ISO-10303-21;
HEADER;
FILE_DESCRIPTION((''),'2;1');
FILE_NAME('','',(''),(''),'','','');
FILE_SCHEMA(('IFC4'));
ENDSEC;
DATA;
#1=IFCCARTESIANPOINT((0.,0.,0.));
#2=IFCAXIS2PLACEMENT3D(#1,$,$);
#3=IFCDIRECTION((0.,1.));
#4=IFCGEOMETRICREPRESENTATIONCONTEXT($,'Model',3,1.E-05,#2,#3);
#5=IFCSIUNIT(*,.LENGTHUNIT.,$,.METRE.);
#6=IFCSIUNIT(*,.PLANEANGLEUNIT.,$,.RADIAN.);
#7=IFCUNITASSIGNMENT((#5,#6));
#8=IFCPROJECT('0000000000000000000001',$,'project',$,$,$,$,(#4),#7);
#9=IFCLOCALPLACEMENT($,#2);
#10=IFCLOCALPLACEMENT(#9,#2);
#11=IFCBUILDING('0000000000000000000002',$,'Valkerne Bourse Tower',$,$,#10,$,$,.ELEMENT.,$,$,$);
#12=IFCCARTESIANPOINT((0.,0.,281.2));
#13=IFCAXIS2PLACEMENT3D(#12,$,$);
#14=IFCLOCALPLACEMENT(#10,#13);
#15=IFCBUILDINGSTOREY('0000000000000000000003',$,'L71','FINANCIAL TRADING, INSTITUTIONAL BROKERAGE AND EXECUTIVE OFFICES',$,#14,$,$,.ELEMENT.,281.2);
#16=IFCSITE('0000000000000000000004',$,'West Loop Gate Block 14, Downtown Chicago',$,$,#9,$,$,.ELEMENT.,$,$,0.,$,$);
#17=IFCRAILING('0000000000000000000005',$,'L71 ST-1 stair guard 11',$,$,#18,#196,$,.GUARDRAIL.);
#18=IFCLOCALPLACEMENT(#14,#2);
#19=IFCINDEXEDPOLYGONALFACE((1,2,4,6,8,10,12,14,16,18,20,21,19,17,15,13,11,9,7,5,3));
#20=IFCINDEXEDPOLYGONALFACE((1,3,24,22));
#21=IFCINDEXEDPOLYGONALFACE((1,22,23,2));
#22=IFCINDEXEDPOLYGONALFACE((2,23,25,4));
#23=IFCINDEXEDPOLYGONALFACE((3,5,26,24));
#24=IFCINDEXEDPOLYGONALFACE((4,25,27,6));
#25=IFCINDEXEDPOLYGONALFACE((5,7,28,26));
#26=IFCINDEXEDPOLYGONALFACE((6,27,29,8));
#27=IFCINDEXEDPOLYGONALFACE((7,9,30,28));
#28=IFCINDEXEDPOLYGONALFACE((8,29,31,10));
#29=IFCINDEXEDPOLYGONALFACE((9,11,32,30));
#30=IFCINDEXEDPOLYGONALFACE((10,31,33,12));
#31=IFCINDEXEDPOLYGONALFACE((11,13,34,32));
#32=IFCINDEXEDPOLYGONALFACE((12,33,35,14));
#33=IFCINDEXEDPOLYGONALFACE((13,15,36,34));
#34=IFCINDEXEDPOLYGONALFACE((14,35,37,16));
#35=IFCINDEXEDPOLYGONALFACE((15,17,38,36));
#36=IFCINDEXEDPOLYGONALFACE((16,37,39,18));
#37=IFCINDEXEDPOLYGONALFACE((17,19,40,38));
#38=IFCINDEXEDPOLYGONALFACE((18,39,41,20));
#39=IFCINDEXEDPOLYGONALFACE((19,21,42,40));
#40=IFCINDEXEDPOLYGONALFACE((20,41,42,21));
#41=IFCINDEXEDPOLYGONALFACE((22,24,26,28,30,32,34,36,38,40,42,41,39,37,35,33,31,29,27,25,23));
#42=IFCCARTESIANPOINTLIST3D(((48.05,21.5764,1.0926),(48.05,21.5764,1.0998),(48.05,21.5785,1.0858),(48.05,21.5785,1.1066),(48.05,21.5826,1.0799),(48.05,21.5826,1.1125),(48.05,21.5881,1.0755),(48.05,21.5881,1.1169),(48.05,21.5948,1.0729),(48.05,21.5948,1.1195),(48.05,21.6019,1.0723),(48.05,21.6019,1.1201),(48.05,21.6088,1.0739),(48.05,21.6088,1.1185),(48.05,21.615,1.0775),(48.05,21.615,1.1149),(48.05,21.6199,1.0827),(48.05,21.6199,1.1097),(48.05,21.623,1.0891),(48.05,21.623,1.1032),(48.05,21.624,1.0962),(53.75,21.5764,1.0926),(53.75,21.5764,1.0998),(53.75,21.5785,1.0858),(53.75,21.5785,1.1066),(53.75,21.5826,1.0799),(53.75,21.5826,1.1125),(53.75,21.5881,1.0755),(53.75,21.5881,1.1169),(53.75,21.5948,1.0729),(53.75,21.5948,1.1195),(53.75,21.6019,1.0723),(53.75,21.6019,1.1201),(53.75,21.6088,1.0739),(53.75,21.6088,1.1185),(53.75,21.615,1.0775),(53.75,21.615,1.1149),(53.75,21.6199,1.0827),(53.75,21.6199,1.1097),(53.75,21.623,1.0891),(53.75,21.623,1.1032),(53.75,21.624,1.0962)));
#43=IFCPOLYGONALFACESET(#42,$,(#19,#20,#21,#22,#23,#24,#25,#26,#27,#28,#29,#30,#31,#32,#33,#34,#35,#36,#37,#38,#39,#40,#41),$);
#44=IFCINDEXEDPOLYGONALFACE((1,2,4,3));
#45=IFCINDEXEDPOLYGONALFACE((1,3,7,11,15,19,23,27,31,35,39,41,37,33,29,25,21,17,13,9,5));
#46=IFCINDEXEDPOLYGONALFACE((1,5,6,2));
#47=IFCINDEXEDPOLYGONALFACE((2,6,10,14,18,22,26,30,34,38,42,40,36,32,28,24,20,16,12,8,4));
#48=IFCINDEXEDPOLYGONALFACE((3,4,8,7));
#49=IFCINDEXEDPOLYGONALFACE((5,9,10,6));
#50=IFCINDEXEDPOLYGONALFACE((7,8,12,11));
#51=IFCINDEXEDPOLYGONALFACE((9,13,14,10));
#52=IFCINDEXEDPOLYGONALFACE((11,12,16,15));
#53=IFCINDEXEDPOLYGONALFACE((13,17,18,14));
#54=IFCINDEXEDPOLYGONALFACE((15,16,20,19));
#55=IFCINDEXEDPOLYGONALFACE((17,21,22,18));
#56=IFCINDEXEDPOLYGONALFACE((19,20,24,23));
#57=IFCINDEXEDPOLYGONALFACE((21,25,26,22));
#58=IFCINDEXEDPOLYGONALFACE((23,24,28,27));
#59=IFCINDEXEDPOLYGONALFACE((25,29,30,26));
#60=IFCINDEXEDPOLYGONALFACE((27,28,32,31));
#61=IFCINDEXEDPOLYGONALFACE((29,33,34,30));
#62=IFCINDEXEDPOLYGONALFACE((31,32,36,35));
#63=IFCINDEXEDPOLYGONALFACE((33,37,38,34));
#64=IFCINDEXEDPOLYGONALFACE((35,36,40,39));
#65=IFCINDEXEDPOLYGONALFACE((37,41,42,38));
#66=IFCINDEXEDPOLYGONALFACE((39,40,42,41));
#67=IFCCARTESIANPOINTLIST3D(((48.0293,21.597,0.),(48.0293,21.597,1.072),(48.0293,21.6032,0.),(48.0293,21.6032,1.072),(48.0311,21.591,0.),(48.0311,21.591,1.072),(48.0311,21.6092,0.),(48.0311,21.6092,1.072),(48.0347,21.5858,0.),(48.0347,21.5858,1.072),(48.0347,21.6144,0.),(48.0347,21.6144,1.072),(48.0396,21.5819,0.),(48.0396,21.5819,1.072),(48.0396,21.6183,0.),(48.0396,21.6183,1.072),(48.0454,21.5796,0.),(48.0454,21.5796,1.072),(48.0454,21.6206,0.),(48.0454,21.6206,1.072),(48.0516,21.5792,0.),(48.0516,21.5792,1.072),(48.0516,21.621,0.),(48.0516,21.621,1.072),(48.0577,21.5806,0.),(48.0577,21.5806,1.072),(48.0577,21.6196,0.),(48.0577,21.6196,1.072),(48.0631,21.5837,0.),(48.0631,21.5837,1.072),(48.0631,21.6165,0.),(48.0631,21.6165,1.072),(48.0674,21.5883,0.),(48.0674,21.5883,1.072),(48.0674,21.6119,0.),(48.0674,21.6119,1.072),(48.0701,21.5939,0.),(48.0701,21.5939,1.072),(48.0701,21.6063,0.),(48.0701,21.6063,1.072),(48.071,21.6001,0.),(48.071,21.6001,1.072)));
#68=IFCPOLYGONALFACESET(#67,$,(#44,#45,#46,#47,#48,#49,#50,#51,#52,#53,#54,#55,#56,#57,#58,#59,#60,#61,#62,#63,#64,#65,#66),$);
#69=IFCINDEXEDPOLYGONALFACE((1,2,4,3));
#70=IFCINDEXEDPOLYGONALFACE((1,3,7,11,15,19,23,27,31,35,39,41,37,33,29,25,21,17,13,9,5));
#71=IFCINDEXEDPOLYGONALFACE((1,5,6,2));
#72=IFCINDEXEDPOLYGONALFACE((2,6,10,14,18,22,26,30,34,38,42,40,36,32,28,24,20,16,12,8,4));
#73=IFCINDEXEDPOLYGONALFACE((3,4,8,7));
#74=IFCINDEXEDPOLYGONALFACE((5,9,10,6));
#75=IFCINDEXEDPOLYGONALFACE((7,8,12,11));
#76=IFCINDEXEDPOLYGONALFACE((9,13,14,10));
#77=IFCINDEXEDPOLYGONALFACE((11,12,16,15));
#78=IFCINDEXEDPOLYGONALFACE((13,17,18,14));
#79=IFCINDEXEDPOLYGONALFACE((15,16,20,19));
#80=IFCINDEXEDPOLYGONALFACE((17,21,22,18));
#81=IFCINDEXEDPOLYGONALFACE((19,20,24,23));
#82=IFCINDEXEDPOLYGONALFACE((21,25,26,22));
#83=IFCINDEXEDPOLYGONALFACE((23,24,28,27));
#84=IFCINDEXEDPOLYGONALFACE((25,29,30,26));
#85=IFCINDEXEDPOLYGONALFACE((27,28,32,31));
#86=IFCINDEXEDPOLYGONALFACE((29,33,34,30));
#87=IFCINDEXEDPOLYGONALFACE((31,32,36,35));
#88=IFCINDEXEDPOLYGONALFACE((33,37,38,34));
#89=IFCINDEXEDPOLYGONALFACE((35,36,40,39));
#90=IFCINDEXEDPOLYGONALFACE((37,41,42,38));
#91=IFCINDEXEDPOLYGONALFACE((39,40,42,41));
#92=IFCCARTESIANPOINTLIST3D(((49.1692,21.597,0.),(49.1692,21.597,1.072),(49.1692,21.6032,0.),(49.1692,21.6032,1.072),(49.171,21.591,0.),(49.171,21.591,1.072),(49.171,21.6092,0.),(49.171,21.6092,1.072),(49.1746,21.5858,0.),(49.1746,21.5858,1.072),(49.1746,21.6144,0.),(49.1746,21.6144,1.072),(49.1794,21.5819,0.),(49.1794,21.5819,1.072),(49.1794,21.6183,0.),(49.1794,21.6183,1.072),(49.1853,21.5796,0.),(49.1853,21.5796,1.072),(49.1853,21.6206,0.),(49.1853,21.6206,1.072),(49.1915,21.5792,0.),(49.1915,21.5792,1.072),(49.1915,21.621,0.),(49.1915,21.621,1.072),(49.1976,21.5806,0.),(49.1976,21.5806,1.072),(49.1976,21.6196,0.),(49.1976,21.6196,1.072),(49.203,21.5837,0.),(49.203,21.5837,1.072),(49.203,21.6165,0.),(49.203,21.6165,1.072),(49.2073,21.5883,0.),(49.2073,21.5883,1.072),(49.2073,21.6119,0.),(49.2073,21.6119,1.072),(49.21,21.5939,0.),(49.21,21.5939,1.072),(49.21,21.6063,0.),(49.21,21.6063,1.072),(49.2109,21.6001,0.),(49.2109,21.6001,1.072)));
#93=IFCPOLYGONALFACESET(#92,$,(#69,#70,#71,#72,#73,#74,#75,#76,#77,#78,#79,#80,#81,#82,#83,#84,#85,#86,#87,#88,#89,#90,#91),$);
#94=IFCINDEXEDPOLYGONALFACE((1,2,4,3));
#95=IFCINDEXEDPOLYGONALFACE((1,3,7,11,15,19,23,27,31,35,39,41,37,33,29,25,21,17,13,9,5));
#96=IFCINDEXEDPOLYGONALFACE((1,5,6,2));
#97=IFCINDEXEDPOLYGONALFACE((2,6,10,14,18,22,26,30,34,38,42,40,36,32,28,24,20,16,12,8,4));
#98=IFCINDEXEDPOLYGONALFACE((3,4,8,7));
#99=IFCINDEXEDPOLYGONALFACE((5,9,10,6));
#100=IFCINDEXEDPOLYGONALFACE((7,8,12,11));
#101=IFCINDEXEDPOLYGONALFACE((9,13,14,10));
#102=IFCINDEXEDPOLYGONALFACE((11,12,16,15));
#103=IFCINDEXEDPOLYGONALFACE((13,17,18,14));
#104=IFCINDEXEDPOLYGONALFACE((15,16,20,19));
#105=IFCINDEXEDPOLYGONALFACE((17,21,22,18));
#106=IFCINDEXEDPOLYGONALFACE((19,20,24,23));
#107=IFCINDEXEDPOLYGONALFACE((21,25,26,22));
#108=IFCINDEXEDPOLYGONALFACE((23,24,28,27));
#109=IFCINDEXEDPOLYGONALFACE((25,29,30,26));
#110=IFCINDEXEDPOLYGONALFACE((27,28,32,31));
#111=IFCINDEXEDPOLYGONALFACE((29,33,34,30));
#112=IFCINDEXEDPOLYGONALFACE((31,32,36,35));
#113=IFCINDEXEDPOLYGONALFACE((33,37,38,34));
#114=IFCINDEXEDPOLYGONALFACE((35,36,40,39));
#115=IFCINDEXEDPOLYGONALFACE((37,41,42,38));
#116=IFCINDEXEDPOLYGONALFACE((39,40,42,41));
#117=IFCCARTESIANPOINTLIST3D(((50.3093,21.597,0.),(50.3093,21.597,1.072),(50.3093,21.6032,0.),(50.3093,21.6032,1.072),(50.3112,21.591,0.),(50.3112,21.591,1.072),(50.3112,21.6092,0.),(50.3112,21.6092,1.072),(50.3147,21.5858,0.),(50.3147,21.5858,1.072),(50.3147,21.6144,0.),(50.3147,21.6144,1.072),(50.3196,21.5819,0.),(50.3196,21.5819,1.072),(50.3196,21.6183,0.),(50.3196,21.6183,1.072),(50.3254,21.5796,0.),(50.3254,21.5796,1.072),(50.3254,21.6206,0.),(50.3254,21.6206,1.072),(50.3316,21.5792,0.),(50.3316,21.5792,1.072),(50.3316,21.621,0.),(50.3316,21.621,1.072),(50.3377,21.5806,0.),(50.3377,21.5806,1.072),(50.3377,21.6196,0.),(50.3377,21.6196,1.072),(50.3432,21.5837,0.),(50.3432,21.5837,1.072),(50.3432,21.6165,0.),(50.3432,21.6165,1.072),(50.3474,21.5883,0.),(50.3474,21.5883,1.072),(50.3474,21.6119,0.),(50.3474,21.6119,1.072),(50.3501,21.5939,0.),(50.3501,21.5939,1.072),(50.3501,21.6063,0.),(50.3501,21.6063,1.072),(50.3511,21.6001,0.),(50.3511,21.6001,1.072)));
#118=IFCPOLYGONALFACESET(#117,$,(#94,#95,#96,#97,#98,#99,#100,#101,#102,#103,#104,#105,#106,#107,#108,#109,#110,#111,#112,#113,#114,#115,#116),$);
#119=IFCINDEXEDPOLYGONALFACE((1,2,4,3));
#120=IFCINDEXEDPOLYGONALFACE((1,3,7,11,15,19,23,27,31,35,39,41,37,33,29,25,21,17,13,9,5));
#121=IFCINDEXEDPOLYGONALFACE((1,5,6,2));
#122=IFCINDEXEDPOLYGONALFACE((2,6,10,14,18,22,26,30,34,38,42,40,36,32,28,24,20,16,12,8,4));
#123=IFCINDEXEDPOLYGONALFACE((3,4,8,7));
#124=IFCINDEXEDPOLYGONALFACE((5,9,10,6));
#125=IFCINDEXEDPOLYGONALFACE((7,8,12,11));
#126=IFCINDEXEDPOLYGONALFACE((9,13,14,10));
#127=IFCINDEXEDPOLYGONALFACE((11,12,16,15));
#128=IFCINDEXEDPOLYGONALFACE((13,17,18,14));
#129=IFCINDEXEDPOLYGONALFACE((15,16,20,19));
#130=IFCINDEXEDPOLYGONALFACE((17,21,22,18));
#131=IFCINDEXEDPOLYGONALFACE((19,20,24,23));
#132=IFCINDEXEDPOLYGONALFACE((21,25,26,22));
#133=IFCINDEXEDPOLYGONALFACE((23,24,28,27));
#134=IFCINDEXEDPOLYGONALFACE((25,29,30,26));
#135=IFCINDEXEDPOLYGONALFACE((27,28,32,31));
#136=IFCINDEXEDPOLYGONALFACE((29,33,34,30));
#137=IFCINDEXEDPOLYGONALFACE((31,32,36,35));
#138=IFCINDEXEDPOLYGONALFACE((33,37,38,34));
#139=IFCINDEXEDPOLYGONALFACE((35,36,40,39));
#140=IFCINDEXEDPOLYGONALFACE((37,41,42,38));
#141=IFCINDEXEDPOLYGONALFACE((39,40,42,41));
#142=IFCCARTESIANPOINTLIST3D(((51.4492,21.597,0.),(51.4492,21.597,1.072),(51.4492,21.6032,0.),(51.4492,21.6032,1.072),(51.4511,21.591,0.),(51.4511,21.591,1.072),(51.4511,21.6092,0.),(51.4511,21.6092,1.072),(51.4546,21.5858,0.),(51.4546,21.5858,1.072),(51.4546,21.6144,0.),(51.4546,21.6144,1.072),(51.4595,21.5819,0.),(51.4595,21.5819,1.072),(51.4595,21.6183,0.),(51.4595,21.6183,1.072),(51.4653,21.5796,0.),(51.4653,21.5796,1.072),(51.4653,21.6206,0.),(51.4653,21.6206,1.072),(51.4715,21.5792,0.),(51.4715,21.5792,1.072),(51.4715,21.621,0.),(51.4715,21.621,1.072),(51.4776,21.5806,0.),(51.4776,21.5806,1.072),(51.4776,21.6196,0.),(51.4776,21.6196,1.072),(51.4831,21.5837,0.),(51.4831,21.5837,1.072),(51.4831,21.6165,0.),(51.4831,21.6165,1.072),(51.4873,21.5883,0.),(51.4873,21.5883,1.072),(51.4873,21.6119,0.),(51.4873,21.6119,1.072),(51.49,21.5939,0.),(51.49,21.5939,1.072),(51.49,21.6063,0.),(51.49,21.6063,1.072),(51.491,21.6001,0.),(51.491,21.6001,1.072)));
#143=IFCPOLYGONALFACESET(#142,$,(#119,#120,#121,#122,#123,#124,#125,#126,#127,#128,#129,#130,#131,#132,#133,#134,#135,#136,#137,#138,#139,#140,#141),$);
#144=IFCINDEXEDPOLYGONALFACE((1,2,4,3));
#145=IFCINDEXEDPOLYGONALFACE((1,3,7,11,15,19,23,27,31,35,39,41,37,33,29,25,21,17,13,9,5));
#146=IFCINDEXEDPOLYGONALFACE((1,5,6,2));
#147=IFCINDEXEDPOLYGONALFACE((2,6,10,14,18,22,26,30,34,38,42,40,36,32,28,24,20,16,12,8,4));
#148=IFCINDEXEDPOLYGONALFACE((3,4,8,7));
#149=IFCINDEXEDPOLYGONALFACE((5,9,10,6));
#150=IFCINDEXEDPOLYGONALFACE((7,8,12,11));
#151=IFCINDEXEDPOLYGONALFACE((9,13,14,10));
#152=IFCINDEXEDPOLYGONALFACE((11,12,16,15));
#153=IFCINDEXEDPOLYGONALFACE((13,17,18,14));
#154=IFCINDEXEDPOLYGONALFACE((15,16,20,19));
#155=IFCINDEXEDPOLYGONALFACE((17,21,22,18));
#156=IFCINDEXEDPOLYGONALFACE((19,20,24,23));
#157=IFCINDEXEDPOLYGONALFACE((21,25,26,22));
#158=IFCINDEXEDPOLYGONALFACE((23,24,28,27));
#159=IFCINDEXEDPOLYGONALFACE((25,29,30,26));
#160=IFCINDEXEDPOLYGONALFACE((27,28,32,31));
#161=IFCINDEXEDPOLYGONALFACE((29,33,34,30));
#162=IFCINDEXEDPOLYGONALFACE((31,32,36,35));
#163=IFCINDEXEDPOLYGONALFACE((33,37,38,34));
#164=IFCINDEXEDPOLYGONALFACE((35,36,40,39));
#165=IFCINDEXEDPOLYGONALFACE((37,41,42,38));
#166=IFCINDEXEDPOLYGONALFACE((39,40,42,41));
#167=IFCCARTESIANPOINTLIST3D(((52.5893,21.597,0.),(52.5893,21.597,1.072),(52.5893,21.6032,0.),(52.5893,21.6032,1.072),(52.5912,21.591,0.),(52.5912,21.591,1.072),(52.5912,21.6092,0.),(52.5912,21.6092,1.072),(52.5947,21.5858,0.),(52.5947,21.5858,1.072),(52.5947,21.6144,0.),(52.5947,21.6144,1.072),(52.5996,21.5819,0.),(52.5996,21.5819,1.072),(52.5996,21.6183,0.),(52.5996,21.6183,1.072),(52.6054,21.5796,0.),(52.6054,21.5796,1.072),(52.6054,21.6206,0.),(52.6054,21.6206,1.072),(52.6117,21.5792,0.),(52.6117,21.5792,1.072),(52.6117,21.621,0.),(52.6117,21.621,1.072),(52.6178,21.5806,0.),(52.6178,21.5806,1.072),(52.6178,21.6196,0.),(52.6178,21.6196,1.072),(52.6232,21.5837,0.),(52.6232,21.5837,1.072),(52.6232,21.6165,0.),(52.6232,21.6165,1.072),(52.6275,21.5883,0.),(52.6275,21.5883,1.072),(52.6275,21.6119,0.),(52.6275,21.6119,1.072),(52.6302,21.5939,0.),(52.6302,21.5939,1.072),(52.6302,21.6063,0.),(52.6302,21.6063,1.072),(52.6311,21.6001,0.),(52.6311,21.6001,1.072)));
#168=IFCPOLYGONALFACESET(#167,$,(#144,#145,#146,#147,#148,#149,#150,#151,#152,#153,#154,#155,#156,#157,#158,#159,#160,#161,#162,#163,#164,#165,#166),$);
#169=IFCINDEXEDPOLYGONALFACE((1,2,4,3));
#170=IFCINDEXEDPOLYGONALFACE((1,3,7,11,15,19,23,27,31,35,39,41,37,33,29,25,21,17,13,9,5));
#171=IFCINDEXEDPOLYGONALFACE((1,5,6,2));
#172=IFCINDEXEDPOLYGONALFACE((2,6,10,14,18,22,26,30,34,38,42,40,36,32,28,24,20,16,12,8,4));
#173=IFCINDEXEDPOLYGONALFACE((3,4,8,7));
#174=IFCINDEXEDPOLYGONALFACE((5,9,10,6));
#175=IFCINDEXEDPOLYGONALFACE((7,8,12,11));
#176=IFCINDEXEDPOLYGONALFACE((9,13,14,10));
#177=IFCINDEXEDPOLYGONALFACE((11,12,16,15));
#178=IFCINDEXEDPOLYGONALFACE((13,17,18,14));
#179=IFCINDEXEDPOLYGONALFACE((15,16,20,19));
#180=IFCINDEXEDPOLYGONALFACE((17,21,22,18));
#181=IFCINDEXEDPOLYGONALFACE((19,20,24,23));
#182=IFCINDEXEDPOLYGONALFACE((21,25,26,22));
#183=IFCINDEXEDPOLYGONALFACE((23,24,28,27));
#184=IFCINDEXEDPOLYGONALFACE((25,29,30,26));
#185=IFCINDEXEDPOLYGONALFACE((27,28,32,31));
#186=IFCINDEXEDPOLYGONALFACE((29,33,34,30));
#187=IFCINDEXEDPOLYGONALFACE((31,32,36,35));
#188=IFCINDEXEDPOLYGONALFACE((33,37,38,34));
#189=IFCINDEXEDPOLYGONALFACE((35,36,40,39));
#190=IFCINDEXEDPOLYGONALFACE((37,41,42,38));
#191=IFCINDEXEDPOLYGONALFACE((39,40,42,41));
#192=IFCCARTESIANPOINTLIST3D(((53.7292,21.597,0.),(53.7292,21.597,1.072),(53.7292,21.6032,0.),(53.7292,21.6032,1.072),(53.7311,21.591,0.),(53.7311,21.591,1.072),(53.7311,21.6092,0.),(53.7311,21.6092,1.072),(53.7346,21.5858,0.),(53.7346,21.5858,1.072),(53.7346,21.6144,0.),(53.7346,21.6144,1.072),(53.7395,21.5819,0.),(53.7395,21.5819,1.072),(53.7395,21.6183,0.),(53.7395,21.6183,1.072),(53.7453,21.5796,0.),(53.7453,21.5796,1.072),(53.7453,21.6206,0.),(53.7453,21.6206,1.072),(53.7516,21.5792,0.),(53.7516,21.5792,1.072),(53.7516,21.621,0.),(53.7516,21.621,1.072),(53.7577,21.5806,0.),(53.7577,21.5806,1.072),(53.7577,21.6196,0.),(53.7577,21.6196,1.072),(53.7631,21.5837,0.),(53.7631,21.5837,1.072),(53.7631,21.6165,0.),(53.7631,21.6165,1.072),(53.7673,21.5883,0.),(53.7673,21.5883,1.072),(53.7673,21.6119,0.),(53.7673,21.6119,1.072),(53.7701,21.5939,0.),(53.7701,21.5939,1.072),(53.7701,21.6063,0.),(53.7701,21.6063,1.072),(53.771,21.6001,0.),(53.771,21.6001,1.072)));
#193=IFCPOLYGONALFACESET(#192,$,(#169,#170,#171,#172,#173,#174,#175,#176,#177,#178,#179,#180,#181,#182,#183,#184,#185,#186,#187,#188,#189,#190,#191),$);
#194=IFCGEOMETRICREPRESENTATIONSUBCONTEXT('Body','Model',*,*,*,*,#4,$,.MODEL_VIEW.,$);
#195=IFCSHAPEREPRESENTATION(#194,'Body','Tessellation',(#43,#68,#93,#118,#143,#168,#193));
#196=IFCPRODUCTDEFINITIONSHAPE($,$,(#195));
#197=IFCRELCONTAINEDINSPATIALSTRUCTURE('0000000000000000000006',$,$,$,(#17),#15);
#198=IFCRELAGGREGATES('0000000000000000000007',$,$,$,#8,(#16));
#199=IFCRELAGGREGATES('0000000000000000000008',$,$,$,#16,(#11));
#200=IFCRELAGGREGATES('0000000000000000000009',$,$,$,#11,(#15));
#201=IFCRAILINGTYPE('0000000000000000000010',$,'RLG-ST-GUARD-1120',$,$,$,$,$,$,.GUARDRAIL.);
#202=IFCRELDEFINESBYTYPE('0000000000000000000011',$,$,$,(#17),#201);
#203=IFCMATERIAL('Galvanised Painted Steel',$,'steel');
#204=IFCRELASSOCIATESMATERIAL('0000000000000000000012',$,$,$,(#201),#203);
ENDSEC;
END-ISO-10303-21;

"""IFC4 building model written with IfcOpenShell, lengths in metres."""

from ifc_helpers import new_model, si_unit, direction, frame, origin, origin_2d, place, context, subcontext, project, spatial, circle, extrude, material, type_object, element, save


model = new_model("IFC4")

# Units and contexts
model_context = context("Model", 3, precision=1e-05, world=origin(), true_north=direction((0.0, 1.0)))
body_context = subcontext(model_context, "Body", "Model", "MODEL_VIEW")
ifc_project = project(units=[si_unit("LENGTHUNIT", "METRE"), si_unit("PLANEANGLEUNIT", "RADIAN")], contexts=[model_context])

# Site, building, storey
site_placement = place(None, origin())
site = spatial("IfcSite", under=ifc_project, at=site_placement, Name="West Loop Gate Block 14, Downtown Chicago", CompositionType="ELEMENT", RefElevation=0.0)
building_placement = place(site_placement, origin())
building = spatial("IfcBuilding", under=site, at=building_placement, Name="Valkerne Bourse Tower", CompositionType="ELEMENT")
storey_placement = place(building_placement, frame((0.0, 0.0, 281.2)))
storey = spatial("IfcBuildingStorey", under=building, at=storey_placement, Name="L71", Description="FINANCIAL TRADING, INSTITUTIONAL BROKERAGE AND EXECUTIVE OFFICES", CompositionType="ELEMENT", Elevation=281.2)

# Shared definitions
ifc_material_1 = material(Name="Galvanised Painted Steel", Category="steel")

# Railing
railing_type_1 = type_object("IfcRailingType", Name="RLG-ST-GUARD-1120", PredefinedType="GUARDRAIL", material=ifc_material_1)
for number, where, name in (
    (1, (48.05, 21.6001, 0.0), "L71 ST-1 stair guard 11"),
):
    element("IfcRailing", number, at=place(storey_placement, frame(where)), inside=storey, type_object=railing_type_1, Name=name, PredefinedType="GUARDRAIL", context=body_context, shape_type="SweptSolid", body=[
        extrude(circle(Radius=0.0239, at=origin_2d()), frame((0.0, 0.0, 1.0962), z_axis=(1.0, 0.0, 0.0), x_axis=(0.0, 1.0, 0.0)), (0.0, 0.0, 1.0), 5.7),
        extrude(circle(Radius=0.021, at=origin_2d()), origin(), (0.0, 0.0, 1.0), 1.072),
        extrude(circle(Radius=0.021, at=origin_2d()), frame((1.1399, 0.0, 0.0)), (0.0, 0.0, 1.0), 1.072),
        extrude(circle(Radius=0.021, at=origin_2d()), frame((2.28, 0.0, 0.0)), (0.0, 0.0, 1.0), 1.072),
        extrude(circle(Radius=0.021, at=origin_2d()), frame((3.4199, 0.0, 0.0)), (0.0, 0.0, 1.0), 1.072),
        extrude(circle(Radius=0.021, at=origin_2d()), frame((4.5601, 0.0, 0.0)), (0.0, 0.0, 1.0), 1.072),
        extrude(circle(Radius=0.021, at=origin_2d()), frame((5.7, 0.0, 0.0)), (0.0, 0.0, 1.0), 1.072),
    ])

save(model, "model.ifc")
